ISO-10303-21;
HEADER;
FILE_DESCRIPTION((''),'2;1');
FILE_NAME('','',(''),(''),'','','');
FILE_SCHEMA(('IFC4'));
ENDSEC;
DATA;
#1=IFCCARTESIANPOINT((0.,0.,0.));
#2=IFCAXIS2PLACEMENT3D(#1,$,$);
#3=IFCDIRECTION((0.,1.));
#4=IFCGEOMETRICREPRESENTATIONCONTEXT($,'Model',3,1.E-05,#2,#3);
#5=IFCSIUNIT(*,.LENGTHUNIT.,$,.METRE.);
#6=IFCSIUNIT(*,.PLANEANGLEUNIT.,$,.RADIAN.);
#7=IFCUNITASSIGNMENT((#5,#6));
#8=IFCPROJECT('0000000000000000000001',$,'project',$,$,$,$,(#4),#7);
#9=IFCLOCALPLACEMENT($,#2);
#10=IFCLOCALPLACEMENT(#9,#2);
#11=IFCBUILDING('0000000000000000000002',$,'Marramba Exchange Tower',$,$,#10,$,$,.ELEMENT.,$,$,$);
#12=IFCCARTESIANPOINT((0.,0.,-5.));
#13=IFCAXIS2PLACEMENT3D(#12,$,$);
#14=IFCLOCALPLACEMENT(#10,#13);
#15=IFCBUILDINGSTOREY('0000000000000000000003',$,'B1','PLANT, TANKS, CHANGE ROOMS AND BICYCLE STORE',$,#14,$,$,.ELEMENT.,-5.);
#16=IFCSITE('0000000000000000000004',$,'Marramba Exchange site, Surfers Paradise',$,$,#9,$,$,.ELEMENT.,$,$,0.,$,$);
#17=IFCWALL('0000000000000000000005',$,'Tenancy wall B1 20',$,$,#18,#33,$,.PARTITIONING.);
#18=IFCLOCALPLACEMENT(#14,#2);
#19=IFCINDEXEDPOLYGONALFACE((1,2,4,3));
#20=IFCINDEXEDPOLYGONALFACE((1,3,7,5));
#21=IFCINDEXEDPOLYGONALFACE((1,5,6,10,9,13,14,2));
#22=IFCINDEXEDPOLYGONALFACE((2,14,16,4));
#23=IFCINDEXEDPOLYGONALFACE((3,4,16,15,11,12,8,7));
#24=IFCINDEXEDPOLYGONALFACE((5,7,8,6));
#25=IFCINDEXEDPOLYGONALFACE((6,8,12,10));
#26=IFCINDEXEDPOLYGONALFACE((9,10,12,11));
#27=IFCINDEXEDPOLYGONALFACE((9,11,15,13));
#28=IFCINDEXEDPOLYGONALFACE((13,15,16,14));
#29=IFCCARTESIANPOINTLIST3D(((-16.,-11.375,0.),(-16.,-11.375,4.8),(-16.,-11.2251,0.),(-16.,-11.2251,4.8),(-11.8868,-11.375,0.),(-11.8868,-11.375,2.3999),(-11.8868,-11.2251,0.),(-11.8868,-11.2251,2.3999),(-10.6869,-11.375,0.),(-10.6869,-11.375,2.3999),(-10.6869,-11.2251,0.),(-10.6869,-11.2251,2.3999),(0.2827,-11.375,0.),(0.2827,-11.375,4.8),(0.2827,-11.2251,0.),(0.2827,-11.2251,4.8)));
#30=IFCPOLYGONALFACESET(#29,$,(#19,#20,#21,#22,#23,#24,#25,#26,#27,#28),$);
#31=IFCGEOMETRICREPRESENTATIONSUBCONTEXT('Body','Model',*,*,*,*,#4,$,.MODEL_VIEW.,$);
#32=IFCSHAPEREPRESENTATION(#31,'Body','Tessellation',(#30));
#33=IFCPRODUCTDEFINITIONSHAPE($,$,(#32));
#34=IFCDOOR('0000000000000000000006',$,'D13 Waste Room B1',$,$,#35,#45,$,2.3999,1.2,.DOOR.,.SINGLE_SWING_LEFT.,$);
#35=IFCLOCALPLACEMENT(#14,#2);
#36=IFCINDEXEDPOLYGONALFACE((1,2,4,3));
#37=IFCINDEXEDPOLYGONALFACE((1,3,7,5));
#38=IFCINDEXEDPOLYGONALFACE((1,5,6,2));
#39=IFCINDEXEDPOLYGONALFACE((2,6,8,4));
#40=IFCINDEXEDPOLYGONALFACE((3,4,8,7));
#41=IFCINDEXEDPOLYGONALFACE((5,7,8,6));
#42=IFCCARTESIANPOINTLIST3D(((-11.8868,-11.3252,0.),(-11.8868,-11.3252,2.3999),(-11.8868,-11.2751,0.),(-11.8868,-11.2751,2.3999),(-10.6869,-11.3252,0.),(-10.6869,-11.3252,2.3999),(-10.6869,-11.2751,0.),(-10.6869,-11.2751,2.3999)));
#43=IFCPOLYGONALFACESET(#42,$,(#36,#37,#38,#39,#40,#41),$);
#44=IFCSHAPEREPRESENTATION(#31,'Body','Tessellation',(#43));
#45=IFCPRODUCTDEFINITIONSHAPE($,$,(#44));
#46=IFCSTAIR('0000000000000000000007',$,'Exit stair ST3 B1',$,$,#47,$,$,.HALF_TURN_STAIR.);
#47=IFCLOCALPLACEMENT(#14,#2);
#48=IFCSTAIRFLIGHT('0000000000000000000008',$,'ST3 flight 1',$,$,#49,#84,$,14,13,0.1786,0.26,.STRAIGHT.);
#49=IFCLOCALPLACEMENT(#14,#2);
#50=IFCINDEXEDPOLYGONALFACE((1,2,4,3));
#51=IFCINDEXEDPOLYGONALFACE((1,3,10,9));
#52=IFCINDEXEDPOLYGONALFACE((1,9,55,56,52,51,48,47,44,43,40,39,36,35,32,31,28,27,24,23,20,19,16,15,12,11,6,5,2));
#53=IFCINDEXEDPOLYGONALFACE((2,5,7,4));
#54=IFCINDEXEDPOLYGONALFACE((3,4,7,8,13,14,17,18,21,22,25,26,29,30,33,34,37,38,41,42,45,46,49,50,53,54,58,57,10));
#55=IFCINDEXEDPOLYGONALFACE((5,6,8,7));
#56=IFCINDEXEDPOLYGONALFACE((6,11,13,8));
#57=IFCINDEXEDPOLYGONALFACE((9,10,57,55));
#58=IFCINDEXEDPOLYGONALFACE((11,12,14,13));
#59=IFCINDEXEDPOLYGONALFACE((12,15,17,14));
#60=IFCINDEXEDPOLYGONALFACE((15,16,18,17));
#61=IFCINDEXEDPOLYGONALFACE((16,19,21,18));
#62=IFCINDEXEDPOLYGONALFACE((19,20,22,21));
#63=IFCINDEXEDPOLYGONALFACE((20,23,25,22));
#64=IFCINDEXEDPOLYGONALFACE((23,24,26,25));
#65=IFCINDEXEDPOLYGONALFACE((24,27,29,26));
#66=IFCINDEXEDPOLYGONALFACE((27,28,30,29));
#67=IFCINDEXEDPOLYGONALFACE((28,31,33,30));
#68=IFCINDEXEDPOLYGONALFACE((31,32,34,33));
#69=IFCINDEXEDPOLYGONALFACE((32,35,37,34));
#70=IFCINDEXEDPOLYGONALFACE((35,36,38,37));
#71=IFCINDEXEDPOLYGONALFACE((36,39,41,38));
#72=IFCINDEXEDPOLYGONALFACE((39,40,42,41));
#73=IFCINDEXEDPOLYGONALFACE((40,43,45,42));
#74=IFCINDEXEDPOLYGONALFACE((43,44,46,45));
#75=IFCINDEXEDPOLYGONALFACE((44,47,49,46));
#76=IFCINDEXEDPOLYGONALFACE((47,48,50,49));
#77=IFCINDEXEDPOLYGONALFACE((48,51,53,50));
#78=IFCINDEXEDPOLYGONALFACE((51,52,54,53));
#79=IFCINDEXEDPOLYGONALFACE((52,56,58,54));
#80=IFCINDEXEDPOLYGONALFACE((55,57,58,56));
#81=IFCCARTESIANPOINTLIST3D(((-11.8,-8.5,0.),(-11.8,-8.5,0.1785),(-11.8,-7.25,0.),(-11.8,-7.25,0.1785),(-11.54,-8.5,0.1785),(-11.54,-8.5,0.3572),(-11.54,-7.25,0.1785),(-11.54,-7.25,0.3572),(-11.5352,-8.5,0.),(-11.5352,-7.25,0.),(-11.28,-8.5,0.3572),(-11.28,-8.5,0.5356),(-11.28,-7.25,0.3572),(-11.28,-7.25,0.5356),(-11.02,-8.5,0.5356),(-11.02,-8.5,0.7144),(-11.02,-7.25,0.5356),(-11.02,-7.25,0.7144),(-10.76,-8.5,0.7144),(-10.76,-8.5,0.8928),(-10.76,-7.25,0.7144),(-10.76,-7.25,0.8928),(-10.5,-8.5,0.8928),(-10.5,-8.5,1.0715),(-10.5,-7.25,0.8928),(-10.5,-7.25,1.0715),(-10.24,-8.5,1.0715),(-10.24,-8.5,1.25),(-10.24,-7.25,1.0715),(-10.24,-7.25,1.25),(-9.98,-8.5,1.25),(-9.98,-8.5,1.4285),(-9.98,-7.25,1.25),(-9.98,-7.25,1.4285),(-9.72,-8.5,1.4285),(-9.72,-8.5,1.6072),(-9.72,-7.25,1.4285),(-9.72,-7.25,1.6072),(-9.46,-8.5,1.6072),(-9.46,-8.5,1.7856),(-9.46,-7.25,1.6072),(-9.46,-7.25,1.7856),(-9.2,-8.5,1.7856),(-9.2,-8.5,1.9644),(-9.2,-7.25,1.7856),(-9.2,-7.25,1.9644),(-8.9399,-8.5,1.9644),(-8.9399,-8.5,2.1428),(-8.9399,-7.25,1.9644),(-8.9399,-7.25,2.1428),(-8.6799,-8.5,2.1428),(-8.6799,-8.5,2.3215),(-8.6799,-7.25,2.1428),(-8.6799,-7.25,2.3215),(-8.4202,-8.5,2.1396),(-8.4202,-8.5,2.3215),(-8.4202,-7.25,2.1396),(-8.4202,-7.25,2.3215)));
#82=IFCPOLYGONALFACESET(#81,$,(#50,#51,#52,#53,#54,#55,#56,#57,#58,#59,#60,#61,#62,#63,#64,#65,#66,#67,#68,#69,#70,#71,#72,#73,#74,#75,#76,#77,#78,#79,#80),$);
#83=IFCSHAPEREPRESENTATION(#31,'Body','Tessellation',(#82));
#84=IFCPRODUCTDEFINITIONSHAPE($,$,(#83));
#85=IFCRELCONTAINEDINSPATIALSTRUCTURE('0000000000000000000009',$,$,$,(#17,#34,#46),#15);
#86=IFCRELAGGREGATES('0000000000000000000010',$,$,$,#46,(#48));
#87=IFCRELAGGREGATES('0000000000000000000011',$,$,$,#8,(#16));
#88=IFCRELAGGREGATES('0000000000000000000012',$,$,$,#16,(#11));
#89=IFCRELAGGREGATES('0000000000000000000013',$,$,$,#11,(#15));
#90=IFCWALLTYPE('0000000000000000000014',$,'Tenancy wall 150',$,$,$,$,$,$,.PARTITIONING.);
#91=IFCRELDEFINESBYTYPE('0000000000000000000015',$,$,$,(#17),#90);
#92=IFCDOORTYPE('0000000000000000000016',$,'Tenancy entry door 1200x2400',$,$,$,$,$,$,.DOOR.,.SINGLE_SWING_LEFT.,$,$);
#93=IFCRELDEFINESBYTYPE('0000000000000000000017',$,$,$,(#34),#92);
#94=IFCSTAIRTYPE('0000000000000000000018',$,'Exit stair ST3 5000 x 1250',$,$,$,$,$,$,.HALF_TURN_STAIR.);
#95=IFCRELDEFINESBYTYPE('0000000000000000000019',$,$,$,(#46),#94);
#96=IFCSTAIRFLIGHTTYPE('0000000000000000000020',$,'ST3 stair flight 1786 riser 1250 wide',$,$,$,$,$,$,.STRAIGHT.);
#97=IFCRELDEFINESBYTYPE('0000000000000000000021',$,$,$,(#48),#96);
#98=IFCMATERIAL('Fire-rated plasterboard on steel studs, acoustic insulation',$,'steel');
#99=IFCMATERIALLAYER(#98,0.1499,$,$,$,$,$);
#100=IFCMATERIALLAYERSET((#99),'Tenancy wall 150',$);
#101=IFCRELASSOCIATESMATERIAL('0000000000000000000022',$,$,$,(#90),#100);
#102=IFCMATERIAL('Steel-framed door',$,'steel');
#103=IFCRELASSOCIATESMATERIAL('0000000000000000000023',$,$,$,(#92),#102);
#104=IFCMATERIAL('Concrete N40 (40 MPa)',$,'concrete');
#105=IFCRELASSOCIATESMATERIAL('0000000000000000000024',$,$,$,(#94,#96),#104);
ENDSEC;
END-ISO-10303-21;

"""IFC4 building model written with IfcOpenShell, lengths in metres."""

from ifc_helpers import new_model, si_unit, direction, frame, frame_2d, origin, place, context, subcontext, project, spatial, polyline, rectangle, outline, extrude, material, layer, layer_set, type_object, element, fill, aggregate, save


model = new_model("IFC4")

# Units and contexts
model_context = context("Model", 3, precision=1e-05, world=origin(), true_north=direction((0.0, 1.0)))
body_context = subcontext(model_context, "Body", "Model", "MODEL_VIEW")
ifc_project = project(units=[si_unit("LENGTHUNIT", "METRE"), si_unit("PLANEANGLEUNIT", "RADIAN")], contexts=[model_context])

# Site, building, storey
site_placement = place(None, origin())
site = spatial("IfcSite", under=ifc_project, at=site_placement, Name="Marramba Exchange site, Surfers Paradise", CompositionType="ELEMENT", RefElevation=0.0)
building_placement = place(site_placement, origin())
building = spatial("IfcBuilding", under=site, at=building_placement, Name="Marramba Exchange Tower", CompositionType="ELEMENT")
storey_placement = place(building_placement, frame((0.0, 0.0, -5.0)))
storey = spatial("IfcBuildingStorey", under=building, at=storey_placement, Name="B1", Description="PLANT, TANKS, CHANGE ROOMS AND BICYCLE STORE", CompositionType="ELEMENT", Elevation=-5.0)

# Shared definitions
ifc_material_1 = material(Name="Steel-framed door", Category="steel")

# Wall, opening, door
ifc_material_2 = material(Name="Fire-rated plasterboard on steel studs, acoustic insulation", Category="steel")
ifc_layer_1 = layer(ifc_material_2, 0.1499)
ifc_layer_set_1 = layer_set([ifc_layer_1], Name="Tenancy wall 150")
wall_type_1 = type_object("IfcWallType", Name="Tenancy wall 150", PredefinedType="PARTITIONING", material=ifc_layer_set_1)
wall_1_placement = place(storey_placement, frame((-16.0, -11.3, 0.0), z_axis=(0.0, 0.0, 1.0), x_axis=(1.0, 0.0, 0.0)))
wall_1 = element("IfcWall", 1, at=wall_1_placement, inside=storey, type_object=wall_type_1, Name="Tenancy wall B1 20", PredefinedType="PARTITIONING", context=body_context, shape_type="SweptSolid", body=[
    extrude(rectangle(XDim=16.2827, YDim=0.1499, at=frame_2d((8.1414, 0.0))), origin(), (0.0, 0.0, 1.0), 4.8),
])
opening_1_placement = place(wall_1_placement, frame((4.113, 0.0, 0.0)))
opening_1 = element("IfcOpeningElement", 2, at=opening_1_placement, cuts=wall_1, PredefinedType="OPENING", context=body_context, shape_type="SweptSolid", body=[
    extrude(rectangle(XDim=1.2, YDim=2.3999, at=frame_2d((0.6001, 1.2))), frame((0.0, 0.085, 0.0), z_axis=(0.0, -1.0, 0.0), x_axis=(1.0, 0.0, 0.0)), (0.0, 0.0, 1.0), 0.1699),
])
door_type_1 = type_object("IfcDoorType", Name="Tenancy entry door 1200x2400", OperationType="SINGLE_SWING_LEFT", PredefinedType="DOOR", material=ifc_material_1)
door_1_placement = place(opening_1_placement, origin())
door_1 = element("IfcDoor", 3, at=door_1_placement, inside=storey, type_object=door_type_1, Name="D13 Waste Room B1", OperationType="SINGLE_SWING_LEFT", OverallHeight=2.3999, OverallWidth=1.2, PredefinedType="DOOR", context=body_context, shape_type="SweptSolid", body=[
    extrude(rectangle(XDim=1.2, YDim=2.3999, at=frame_2d((0.6001, 1.2))), frame((0.0, 0.0249, 0.0), z_axis=(0.0, -1.0, 0.0), x_axis=(1.0, 0.0, 0.0)), (0.0, 0.0, 1.0), 0.05),
])
fill(opening_1, door_1)

# Stair, stair flight
ifc_material_3 = material(Name="Concrete N40 (40 MPa)", Category="concrete")
stair_type = type_object("IfcStairType", Name="Exit stair ST3 5000 x 1250", PredefinedType="HALF_TURN_STAIR", material=ifc_material_3)
stair_placement = place(storey_placement, origin())
stair = element("IfcStair", 4, at=stair_placement, inside=storey, type_object=stair_type, Name="Exit stair ST3 B1", PredefinedType="HALF_TURN_STAIR")
stair_flight_type = type_object("IfcStairFlightType", Name="ST3 stair flight 1786 riser 1250 wide", PredefinedType="STRAIGHT", material=ifc_material_3)
stair_flight_placement = place(storey_placement, frame((-11.8, -7.875, 0.0), z_axis=(0.0, 0.0, 1.0), x_axis=(1.0, 0.0, 0.0)))
stair_flight = element("IfcStairFlight", 5, at=stair_flight_placement, type_object=stair_flight_type, Name="ST3 flight 1", NumberOfRisers=14, NumberOfTreads=13, PredefinedType="STRAIGHT", RiserHeight=0.1786, TreadLength=0.26, context=body_context, shape_type="SweptSolid", body=[
    extrude(outline(polyline([(0.0, 0.0), (0.0, 0.1785), (0.26, 0.1785), (0.26, 0.3572), (0.52, 0.3572), (0.52, 0.5356), (0.78, 0.5356), (0.78, 0.7144), (1.04, 0.7144), (1.04, 0.8928), (1.3, 0.8928), (1.3, 1.0715), (1.5601, 1.0715), (1.5601, 1.25), (1.8201, 1.25), (1.8201, 1.4285), (2.0801, 1.4285), (2.0801, 1.6072), (2.3401, 1.6072), (2.3401, 1.7856), (2.6001, 1.7856), (2.6001, 1.9644), (2.8601, 1.9644), (2.8601, 2.1428), (3.1201, 2.1428), (3.1201, 2.3215), (3.3799, 2.3215), (3.3799, 2.5), (3.3799, 2.1396), (0.2649, 0.0), (0.0, 0.0)])), frame((0.0, 0.625, 0.0), z_axis=(0.0, -1.0, 0.0), x_axis=(1.0, 0.0, 0.0)), (0.0, 0.0, 1.0), 1.25),
])
aggregate(stair, [stair_flight])

save(model, "model.ifc")
